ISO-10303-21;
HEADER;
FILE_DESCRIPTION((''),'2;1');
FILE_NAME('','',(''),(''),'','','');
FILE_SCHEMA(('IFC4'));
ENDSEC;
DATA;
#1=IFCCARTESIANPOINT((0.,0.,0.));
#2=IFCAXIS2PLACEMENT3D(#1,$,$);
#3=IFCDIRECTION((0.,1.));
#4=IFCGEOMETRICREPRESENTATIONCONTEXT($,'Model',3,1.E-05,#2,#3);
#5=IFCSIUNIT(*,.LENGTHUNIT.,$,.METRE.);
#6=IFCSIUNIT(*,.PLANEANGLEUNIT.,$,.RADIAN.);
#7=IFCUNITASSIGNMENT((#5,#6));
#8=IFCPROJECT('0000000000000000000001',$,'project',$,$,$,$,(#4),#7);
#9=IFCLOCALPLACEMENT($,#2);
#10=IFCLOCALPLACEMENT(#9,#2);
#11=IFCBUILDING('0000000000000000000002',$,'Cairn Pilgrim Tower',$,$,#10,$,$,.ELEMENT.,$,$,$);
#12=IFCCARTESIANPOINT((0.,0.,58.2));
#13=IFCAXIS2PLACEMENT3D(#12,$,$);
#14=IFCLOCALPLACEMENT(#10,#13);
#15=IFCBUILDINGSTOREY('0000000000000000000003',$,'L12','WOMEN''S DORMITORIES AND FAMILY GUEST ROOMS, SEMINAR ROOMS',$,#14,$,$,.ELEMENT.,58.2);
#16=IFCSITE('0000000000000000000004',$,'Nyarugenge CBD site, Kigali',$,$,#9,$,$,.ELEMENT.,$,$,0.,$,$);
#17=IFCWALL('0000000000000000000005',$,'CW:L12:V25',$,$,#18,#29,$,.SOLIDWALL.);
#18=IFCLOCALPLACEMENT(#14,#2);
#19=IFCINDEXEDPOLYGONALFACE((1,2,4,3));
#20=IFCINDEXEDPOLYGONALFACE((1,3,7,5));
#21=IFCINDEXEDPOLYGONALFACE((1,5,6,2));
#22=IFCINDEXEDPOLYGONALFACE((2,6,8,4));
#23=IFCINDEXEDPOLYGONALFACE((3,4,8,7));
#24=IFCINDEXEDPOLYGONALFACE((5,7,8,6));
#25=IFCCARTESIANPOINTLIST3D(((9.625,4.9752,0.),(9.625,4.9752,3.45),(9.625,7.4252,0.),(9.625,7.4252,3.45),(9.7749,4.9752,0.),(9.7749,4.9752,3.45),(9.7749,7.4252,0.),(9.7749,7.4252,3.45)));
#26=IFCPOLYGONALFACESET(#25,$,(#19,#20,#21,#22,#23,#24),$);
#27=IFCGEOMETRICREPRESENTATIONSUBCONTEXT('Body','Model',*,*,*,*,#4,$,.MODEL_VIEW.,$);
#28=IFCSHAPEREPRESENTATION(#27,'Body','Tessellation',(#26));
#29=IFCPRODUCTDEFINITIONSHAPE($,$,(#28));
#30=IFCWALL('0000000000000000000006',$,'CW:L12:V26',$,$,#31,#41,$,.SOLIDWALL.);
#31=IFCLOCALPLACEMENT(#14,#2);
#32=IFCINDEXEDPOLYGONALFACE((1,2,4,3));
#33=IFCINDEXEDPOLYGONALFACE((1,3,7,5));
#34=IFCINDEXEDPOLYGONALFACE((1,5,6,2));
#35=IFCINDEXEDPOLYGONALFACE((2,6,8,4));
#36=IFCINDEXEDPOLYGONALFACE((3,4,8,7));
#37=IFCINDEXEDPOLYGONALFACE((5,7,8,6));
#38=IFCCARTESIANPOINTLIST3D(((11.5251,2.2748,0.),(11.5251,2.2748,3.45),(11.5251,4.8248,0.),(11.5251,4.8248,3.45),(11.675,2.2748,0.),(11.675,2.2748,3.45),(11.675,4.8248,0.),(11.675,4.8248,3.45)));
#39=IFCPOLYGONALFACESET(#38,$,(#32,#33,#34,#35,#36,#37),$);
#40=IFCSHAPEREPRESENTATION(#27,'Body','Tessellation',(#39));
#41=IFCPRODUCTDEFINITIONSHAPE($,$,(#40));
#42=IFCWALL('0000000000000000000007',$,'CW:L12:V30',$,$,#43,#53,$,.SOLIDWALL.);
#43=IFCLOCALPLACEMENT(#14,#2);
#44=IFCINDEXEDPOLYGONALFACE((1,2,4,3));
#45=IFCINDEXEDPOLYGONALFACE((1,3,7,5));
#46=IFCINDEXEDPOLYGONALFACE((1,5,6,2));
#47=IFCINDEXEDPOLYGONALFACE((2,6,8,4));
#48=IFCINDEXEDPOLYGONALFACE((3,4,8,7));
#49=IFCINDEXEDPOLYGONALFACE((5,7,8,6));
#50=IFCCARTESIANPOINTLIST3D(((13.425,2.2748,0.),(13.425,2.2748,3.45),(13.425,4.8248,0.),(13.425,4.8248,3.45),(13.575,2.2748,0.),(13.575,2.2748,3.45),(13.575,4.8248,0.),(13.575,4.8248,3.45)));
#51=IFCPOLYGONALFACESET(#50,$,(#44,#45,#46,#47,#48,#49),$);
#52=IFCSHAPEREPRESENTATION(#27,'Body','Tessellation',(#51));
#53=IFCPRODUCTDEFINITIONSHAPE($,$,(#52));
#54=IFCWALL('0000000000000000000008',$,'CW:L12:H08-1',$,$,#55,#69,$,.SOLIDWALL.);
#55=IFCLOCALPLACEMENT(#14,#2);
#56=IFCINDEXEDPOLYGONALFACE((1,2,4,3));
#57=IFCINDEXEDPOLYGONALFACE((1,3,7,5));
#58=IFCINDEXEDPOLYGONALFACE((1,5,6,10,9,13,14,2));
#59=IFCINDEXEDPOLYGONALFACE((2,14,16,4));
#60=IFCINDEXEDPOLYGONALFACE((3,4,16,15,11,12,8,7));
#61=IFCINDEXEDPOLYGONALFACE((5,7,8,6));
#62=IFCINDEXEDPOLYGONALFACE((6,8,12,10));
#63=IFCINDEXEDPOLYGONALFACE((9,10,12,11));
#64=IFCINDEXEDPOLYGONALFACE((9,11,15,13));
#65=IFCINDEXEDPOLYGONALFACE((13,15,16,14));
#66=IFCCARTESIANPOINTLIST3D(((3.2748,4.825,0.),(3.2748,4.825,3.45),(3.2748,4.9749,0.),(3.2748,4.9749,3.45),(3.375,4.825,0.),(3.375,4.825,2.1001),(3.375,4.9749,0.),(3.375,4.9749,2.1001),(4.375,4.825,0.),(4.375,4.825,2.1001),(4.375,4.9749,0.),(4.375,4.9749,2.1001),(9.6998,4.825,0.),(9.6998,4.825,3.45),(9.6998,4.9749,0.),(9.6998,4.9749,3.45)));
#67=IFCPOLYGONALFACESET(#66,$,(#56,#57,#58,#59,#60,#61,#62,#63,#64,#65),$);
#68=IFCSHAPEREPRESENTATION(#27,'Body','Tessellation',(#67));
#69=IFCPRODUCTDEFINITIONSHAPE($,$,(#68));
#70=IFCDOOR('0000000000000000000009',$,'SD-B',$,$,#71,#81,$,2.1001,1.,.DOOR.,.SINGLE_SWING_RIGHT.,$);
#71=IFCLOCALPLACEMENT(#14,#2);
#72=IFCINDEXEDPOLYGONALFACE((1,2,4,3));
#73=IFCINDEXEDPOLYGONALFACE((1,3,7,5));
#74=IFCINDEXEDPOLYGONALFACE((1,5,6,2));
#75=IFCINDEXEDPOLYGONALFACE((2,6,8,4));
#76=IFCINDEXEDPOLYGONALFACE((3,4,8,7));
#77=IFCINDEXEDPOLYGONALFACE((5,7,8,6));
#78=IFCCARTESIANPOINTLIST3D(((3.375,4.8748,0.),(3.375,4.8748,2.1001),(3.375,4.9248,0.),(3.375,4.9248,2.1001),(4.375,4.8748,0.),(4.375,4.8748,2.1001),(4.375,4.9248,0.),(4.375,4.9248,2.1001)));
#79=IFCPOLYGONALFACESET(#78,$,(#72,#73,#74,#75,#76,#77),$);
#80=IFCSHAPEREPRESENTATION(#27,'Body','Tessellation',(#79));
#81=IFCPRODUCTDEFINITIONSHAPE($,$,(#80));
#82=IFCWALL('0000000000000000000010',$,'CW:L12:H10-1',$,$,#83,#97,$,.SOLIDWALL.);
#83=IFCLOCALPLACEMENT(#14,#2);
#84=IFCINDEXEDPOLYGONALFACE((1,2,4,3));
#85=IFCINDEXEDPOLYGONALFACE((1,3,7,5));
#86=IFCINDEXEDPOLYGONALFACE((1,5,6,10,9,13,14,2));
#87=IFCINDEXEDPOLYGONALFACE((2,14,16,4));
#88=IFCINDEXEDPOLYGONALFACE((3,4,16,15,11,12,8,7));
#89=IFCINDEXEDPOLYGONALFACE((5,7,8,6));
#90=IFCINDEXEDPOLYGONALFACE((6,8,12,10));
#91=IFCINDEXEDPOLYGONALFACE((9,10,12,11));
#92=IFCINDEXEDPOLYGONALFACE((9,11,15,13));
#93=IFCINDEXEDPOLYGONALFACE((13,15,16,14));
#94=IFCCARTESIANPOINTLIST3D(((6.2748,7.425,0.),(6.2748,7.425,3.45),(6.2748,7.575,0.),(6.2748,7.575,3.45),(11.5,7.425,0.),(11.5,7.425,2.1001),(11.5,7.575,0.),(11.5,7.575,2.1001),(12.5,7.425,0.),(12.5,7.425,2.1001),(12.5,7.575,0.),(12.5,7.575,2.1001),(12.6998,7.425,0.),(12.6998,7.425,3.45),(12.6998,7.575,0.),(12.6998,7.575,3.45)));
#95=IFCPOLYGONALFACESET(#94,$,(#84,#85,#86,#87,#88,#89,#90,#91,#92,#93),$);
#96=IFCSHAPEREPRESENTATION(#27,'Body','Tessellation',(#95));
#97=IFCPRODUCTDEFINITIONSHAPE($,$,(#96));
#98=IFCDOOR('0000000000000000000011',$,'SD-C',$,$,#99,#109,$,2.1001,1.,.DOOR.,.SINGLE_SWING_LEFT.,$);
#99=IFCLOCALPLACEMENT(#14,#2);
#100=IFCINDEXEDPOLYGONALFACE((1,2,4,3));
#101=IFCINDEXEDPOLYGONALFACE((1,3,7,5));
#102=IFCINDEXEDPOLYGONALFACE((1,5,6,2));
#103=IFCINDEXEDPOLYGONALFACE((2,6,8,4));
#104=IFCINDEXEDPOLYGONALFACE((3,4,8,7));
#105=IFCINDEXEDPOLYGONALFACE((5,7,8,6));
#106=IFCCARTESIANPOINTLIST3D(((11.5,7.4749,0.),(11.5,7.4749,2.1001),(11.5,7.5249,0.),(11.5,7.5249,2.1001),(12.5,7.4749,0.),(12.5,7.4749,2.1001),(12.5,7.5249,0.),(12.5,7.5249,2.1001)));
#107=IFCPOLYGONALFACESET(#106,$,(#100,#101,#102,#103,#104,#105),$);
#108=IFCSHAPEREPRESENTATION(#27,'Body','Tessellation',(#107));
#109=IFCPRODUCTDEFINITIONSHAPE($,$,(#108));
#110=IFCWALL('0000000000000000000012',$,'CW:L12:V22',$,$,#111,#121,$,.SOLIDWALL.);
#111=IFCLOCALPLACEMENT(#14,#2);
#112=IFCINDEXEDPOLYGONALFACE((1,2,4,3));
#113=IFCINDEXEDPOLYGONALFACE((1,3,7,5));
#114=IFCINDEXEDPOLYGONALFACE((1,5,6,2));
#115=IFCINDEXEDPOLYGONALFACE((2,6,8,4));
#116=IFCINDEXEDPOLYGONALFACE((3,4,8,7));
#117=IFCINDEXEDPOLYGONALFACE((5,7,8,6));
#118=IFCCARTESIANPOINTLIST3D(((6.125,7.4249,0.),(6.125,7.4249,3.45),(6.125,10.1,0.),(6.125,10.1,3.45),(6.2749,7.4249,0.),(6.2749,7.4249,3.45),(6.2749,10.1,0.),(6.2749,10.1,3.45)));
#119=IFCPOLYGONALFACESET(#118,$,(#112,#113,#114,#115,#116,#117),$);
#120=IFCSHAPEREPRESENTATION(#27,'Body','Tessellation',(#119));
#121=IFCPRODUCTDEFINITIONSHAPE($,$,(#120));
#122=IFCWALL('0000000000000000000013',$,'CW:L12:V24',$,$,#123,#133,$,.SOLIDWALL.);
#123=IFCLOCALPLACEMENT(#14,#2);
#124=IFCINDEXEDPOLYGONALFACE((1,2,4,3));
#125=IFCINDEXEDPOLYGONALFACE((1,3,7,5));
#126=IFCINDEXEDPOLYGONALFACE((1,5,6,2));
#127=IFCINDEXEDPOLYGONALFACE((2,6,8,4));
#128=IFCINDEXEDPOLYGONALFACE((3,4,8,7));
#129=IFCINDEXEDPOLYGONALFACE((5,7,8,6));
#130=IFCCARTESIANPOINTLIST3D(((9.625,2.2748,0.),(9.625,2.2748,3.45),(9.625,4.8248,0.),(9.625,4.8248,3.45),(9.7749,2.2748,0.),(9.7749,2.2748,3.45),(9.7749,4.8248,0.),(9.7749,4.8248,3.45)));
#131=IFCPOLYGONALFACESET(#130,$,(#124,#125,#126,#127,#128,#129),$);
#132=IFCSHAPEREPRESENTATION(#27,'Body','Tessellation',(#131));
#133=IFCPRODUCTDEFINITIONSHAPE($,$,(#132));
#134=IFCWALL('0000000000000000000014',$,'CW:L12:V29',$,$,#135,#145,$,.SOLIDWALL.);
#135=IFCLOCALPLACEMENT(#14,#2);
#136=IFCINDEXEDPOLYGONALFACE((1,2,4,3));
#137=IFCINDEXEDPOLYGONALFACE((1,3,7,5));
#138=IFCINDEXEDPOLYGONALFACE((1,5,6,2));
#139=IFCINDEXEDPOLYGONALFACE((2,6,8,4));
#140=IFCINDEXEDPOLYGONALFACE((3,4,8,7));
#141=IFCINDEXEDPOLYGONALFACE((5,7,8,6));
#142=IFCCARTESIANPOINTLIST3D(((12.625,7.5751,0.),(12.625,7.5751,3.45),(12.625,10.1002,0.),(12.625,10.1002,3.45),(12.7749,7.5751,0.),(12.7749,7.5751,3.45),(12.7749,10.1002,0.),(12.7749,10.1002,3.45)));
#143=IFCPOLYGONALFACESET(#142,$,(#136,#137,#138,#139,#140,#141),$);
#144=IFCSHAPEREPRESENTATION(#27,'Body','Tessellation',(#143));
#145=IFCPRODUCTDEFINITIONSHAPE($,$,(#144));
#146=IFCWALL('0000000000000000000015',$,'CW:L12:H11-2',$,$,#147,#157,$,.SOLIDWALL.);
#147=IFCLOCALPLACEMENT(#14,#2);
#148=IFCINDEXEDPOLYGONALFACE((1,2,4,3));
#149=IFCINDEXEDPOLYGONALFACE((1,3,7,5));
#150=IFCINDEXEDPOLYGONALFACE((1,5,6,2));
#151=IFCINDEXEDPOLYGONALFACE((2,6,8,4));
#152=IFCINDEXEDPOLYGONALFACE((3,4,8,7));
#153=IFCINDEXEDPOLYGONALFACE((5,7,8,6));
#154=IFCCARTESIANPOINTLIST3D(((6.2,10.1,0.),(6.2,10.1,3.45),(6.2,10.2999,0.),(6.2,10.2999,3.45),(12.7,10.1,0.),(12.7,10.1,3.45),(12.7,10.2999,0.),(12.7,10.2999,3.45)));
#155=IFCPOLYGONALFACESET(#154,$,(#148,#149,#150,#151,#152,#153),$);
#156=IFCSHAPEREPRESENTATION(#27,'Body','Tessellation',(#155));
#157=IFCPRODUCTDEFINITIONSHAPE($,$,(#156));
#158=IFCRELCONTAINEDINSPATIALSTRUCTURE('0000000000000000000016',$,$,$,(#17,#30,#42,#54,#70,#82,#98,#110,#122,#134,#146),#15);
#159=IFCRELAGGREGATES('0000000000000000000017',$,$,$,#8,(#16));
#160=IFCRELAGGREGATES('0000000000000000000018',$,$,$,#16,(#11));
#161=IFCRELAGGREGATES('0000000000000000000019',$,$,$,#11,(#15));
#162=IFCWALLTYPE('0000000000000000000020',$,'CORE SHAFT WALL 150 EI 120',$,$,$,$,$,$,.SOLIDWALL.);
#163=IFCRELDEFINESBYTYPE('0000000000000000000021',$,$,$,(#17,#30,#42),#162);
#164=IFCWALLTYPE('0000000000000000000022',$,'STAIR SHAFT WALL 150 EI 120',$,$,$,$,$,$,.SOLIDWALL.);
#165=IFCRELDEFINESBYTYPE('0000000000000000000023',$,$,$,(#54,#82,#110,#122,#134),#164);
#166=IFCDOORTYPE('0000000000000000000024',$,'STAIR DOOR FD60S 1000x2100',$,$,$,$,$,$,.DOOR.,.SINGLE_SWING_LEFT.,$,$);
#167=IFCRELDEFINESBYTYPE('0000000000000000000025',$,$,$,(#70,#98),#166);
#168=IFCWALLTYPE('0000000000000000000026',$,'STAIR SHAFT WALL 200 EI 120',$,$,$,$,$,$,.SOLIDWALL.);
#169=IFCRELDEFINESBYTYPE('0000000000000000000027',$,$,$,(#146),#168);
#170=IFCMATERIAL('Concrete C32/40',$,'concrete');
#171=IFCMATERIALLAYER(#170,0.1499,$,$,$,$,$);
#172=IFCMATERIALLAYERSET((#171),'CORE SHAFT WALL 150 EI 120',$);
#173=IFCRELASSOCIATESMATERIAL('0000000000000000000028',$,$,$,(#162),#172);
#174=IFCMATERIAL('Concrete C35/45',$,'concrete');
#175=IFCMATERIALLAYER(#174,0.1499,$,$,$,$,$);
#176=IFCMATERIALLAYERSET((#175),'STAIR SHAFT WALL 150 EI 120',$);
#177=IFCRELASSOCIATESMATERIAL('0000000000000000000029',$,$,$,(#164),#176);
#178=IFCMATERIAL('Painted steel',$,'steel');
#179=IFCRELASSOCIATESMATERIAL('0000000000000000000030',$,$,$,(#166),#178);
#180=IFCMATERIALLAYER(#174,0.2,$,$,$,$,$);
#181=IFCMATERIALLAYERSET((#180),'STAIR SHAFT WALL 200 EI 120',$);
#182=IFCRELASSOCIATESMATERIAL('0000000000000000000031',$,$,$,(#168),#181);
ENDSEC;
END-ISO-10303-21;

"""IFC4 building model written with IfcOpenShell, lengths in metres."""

from ifc_helpers import new_model, si_unit, direction, frame, frame_2d, origin, place, context, subcontext, project, spatial, rectangle, extrude, material, layer, layer_set, type_object, element, fill, save


model = new_model("IFC4")

# Units and contexts
model_context = context("Model", 3, precision=1e-05, world=origin(), true_north=direction((0.0, 1.0)))
body_context = subcontext(model_context, "Body", "Model", "MODEL_VIEW")
ifc_project = project(units=[si_unit("LENGTHUNIT", "METRE"), si_unit("PLANEANGLEUNIT", "RADIAN")], contexts=[model_context])

# Site, building, storey
site_placement = place(None, origin())
site = spatial("IfcSite", under=ifc_project, at=site_placement, Name="Nyarugenge CBD site, Kigali", CompositionType="ELEMENT", RefElevation=0.0)
building_placement = place(site_placement, origin())
building = spatial("IfcBuilding", under=site, at=building_placement, Name="Cairn Pilgrim Tower", CompositionType="ELEMENT")
storey_placement = place(building_placement, frame((0.0, 0.0, 58.2)))
storey = spatial("IfcBuildingStorey", under=building, at=storey_placement, Name="L12", Description="WOMEN'S DORMITORIES AND FAMILY GUEST ROOMS, SEMINAR ROOMS", CompositionType="ELEMENT", Elevation=58.2)

# Shared definitions
ifc_material_1 = material(Name="Concrete C32/40", Category="concrete")

# Shared definitions
ifc_layer_1 = layer(ifc_material_1, 0.1499)
ifc_layer_set_1 = layer_set([ifc_layer_1], Name="CORE SHAFT WALL 150 EI 120")
wall_type_1 = type_object("IfcWallType", Name="CORE SHAFT WALL 150 EI 120", PredefinedType="SOLIDWALL", material=ifc_layer_set_1)
ifc_material_2 = material(Name="Painted steel", Category="steel")

# Walls
wall_1_placement = place(storey_placement, frame((9.7, 4.9751, 0.0), z_axis=(0.0, 0.0, 1.0), x_axis=(0.0, 1.0, 0.0)))
element("IfcWall", 1, at=wall_1_placement, inside=storey, type_object=wall_type_1, Name="CW:L12:V25", PredefinedType="SOLIDWALL", context=body_context, shape_type="SweptSolid", body=[
    extrude(rectangle(XDim=2.45, YDim=0.1499, at=frame_2d((1.2251, 0.0))), origin(), (0.0, 0.0, 1.0), 3.45),
])
for number, where, z_axis, x_axis, name in (
    (2, (11.6001, 2.2749, 0.0), (0.0, 0.0, 1.0), (0.0, 1.0, 0.0), "CW:L12:V26"),
    (3, (13.5, 2.2749, 0.0), (0.0, 0.0, 1.0), (0.0, 1.0, 0.0), "CW:L12:V30"),
):
    element("IfcWall", number, at=place(storey_placement, frame(where, z_axis=z_axis, x_axis=x_axis)), inside=storey, type_object=wall_type_1, Name=name, PredefinedType="SOLIDWALL", context=body_context, shape_type="SweptSolid", body=[
        extrude(rectangle(XDim=2.55, YDim=0.1499, at=frame_2d((1.2749, 0.0))), origin(), (0.0, 0.0, 1.0), 3.45),
    ])

# Walls, openings, doors
ifc_material_3 = material(Name="Concrete C35/45", Category="concrete")
ifc_layer_2 = layer(ifc_material_3, 0.1499)
ifc_layer_set_2 = layer_set([ifc_layer_2], Name="STAIR SHAFT WALL 150 EI 120")
wall_type_2 = type_object("IfcWallType", Name="STAIR SHAFT WALL 150 EI 120", PredefinedType="SOLIDWALL", material=ifc_layer_set_2)
wall_2_placement = place(storey_placement, frame((3.2749, 4.8999, 0.0), z_axis=(0.0, 0.0, 1.0), x_axis=(1.0, 0.0, 0.0)))
wall_2 = element("IfcWall", 4, at=wall_2_placement, inside=storey, type_object=wall_type_2, Name="CW:L12:H08-1", PredefinedType="SOLIDWALL", context=body_context, shape_type="SweptSolid", body=[
    extrude(rectangle(XDim=6.425, YDim=0.1499, at=frame_2d((3.2124, 0.0))), origin(), (0.0, 0.0, 1.0), 3.45),
])
opening_1_placement = place(wall_2_placement, frame((0.1001, 0.0, 0.0)))
opening_1 = element("IfcOpeningElement", 5, at=opening_1_placement, cuts=wall_2, PredefinedType="OPENING", context=body_context, shape_type="SweptSolid", body=[
    extrude(rectangle(XDim=1.0, YDim=2.1001, at=frame_2d((0.5, 1.05))), frame((0.0, 0.085, 0.0), z_axis=(0.0, -1.0, 0.0), x_axis=(1.0, 0.0, 0.0)), (0.0, 0.0, 1.0), 0.1699),
])
door_type_1 = type_object("IfcDoorType", Name="STAIR DOOR FD60S 1000x2100", OperationType="SINGLE_SWING_LEFT", PredefinedType="DOOR", material=ifc_material_2)
door_1_placement = place(opening_1_placement, origin())
door_1 = element("IfcDoor", 6, at=door_1_placement, inside=storey, type_object=door_type_1, Name="SD-B", OperationType="SINGLE_SWING_RIGHT", OverallHeight=2.1001, OverallWidth=1.0, PredefinedType="DOOR", context=body_context, shape_type="SweptSolid", body=[
    extrude(rectangle(XDim=1.0, YDim=2.1001, at=frame_2d((0.5, 1.05))), frame((0.0, 0.0249, 0.0), z_axis=(0.0, -1.0, 0.0), x_axis=(1.0, 0.0, 0.0)), (0.0, 0.0, 1.0), 0.05),
])
fill(opening_1, door_1)
wall_3_placement = place(storey_placement, frame((6.2749, 7.5, 0.0), z_axis=(0.0, 0.0, 1.0), x_axis=(1.0, 0.0, 0.0)))
wall_3 = element("IfcWall", 7, at=wall_3_placement, inside=storey, type_object=wall_type_2, Name="CW:L12:H10-1", PredefinedType="SOLIDWALL", context=body_context, shape_type="SweptSolid", body=[
    extrude(rectangle(XDim=6.425, YDim=0.1499, at=frame_2d((3.2124, 0.0))), origin(), (0.0, 0.0, 1.0), 3.45),
])
opening_2_placement = place(wall_3_placement, frame((5.2251, 0.0, 0.0)))
opening_2 = element("IfcOpeningElement", 8, at=opening_2_placement, cuts=wall_3, PredefinedType="OPENING", context=body_context, shape_type="SweptSolid", body=[
    extrude(rectangle(XDim=1.0, YDim=2.1001, at=frame_2d((0.5, 1.05))), frame((0.0, 0.085, 0.0), z_axis=(0.0, -1.0, 0.0), x_axis=(1.0, 0.0, 0.0)), (0.0, 0.0, 1.0), 0.1699),
])
door_2_placement = place(opening_2_placement, origin())
door_2 = element("IfcDoor", 9, at=door_2_placement, inside=storey, type_object=door_type_1, Name="SD-C", OperationType="SINGLE_SWING_LEFT", OverallHeight=2.1001, OverallWidth=1.0, PredefinedType="DOOR", context=body_context, shape_type="SweptSolid", body=[
    extrude(rectangle(XDim=1.0, YDim=2.1001, at=frame_2d((0.5, 1.05))), frame((0.0, 0.0249, 0.0), z_axis=(0.0, -1.0, 0.0), x_axis=(1.0, 0.0, 0.0)), (0.0, 0.0, 1.0), 0.05),
])
fill(opening_2, door_2)

# Walls
wall_4_placement = place(storey_placement, frame((6.2, 7.425, 0.0), z_axis=(0.0, 0.0, 1.0), x_axis=(0.0, 1.0, 0.0)))
element("IfcWall", 10, at=wall_4_placement, inside=storey, type_object=wall_type_2, Name="CW:L12:V22", PredefinedType="SOLIDWALL", context=body_context, shape_type="SweptSolid", body=[
    extrude(rectangle(XDim=2.675, YDim=0.1499, at=frame_2d((1.3374, 0.0))), origin(), (0.0, 0.0, 1.0), 3.45),
])
wall_5_placement = place(storey_placement, frame((9.7, 2.2749, 0.0), z_axis=(0.0, 0.0, 1.0), x_axis=(0.0, 1.0, 0.0)))
element("IfcWall", 11, at=wall_5_placement, inside=storey, type_object=wall_type_2, Name="CW:L12:V24", PredefinedType="SOLIDWALL", context=body_context, shape_type="SweptSolid", body=[
    extrude(rectangle(XDim=2.55, YDim=0.1499, at=frame_2d((1.2749, 0.0))), origin(), (0.0, 0.0, 1.0), 3.45),
])
wall_6_placement = place(storey_placement, frame((12.7, 7.575, 0.0), z_axis=(0.0, 0.0, 1.0), x_axis=(0.0, 1.0, 0.0)))
element("IfcWall", 12, at=wall_6_placement, inside=storey, type_object=wall_type_2, Name="CW:L12:V29", PredefinedType="SOLIDWALL", context=body_context, shape_type="SweptSolid", body=[
    extrude(rectangle(XDim=2.5251, YDim=0.1499, at=frame_2d((1.2627, 0.0))), origin(), (0.0, 0.0, 1.0), 3.45),
])
ifc_layer_3 = layer(ifc_material_3, 0.2)
ifc_layer_set_3 = layer_set([ifc_layer_3], Name="STAIR SHAFT WALL 200 EI 120")
wall_type_3 = type_object("IfcWallType", Name="STAIR SHAFT WALL 200 EI 120", PredefinedType="SOLIDWALL", material=ifc_layer_set_3)
wall_7_placement = place(storey_placement, frame((6.2, 10.2, 0.0), z_axis=(0.0, 0.0, 1.0), x_axis=(1.0, 0.0, 0.0)))
element("IfcWall", 13, at=wall_7_placement, inside=storey, type_object=wall_type_3, Name="CW:L12:H11-2", PredefinedType="SOLIDWALL", context=body_context, shape_type="SweptSolid", body=[
    extrude(rectangle(XDim=6.5, YDim=0.2, at=frame_2d((3.25, 0.0))), origin(), (0.0, 0.0, 1.0), 3.45),
])

save(model, "model.ifc")
